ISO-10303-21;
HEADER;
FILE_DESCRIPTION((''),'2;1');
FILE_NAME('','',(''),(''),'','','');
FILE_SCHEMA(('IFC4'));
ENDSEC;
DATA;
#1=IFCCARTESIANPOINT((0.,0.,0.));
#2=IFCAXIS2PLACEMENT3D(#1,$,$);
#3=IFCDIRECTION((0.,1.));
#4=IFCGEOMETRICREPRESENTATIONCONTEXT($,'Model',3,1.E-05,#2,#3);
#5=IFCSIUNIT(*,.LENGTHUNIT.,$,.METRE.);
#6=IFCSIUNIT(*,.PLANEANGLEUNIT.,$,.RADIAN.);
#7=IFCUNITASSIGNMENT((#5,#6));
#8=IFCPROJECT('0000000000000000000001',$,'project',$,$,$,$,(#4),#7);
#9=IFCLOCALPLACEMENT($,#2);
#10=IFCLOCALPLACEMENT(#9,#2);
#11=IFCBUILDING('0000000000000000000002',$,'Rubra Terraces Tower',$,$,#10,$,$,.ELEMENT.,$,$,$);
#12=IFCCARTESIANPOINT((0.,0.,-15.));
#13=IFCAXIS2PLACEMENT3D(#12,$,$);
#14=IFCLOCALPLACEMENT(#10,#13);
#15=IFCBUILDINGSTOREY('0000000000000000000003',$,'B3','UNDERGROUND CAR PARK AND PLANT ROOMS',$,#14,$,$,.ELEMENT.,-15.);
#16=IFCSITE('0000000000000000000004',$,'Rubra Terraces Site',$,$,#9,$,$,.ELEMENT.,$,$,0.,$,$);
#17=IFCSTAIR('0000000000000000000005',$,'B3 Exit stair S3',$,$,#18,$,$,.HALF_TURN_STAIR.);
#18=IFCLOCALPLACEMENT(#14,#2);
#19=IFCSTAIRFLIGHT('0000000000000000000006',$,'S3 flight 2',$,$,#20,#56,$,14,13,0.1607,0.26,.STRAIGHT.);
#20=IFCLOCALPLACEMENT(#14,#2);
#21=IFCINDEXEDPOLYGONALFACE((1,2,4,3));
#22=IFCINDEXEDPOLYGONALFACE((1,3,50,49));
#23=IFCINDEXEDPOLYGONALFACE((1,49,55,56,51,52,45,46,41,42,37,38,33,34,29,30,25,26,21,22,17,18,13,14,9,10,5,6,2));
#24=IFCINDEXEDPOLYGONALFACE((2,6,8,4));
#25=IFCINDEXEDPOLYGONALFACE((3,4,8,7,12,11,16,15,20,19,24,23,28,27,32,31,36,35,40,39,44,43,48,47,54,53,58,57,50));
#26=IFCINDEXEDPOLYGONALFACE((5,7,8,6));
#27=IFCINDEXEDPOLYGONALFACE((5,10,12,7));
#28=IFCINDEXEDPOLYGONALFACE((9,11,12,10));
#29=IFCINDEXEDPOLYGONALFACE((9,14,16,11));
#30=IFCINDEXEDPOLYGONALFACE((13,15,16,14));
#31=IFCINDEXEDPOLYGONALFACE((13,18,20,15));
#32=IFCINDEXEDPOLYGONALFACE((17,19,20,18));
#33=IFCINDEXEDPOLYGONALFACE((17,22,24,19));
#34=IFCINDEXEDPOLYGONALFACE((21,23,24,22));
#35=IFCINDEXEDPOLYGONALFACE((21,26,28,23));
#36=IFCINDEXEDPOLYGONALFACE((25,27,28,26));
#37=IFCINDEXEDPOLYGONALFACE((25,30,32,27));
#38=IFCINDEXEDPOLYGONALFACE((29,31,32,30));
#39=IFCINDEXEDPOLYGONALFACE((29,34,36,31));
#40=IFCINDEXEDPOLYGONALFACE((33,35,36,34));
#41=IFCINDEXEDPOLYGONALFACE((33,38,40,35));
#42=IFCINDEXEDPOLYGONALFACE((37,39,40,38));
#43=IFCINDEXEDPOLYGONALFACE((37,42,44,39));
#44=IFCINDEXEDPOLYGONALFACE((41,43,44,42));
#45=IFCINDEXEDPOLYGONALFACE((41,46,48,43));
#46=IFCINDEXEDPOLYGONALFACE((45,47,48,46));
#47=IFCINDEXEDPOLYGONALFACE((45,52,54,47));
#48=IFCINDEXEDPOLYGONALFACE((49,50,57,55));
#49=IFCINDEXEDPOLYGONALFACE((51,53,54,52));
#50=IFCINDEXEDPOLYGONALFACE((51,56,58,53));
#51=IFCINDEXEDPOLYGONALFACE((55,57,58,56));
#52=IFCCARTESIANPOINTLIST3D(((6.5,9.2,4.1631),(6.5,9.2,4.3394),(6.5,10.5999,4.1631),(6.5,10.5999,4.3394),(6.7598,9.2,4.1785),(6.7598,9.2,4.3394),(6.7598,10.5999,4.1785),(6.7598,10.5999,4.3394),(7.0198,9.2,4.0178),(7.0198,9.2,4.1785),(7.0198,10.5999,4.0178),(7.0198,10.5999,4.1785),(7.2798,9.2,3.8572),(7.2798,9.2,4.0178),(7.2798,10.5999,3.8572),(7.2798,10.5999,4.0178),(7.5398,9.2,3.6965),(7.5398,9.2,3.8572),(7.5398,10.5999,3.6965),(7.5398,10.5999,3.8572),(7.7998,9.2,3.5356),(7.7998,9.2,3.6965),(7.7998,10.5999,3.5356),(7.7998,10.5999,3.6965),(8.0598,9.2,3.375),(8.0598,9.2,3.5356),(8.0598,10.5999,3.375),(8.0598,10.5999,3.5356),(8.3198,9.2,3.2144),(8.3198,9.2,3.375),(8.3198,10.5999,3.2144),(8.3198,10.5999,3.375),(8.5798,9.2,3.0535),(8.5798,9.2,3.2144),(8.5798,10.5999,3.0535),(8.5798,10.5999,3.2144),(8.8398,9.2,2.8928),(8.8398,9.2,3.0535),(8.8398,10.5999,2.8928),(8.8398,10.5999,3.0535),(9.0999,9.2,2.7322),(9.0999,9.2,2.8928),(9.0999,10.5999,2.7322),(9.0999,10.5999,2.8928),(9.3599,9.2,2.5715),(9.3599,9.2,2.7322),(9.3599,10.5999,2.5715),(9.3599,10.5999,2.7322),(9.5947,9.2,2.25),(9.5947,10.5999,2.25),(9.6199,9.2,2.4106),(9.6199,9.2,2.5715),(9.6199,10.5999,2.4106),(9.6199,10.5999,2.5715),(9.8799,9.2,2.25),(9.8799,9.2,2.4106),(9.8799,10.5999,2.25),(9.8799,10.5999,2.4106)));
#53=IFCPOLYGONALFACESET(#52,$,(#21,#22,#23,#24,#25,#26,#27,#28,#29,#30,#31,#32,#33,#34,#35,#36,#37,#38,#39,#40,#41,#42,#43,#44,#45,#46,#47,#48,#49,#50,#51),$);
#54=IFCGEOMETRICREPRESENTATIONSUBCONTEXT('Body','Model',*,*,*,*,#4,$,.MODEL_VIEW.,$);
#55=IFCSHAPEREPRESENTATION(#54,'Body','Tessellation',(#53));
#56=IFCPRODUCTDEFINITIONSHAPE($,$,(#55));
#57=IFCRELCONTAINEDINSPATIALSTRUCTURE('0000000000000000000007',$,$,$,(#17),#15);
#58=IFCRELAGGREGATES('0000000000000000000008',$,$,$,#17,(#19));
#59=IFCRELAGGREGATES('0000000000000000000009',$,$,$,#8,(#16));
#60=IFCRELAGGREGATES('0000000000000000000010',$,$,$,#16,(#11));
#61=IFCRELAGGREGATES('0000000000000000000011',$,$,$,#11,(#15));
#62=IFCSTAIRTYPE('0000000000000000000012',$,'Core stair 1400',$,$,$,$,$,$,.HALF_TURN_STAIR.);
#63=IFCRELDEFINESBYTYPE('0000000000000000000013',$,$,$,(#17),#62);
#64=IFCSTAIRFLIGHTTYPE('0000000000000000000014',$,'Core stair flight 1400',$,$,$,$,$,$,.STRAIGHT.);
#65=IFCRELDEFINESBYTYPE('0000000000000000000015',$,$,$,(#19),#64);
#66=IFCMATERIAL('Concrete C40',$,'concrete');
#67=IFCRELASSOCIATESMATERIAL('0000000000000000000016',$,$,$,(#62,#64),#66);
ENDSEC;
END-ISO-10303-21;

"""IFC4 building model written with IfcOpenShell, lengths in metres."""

from ifc_helpers import new_model, si_unit, direction, frame, origin, place, context, subcontext, project, spatial, polyline, outline, extrude, material, type_object, element, aggregate, save


model = new_model("IFC4")

# Units and contexts
model_context = context("Model", 3, precision=1e-05, world=origin(), true_north=direction((0.0, 1.0)))
body_context = subcontext(model_context, "Body", "Model", "MODEL_VIEW")
ifc_project = project(units=[si_unit("LENGTHUNIT", "METRE"), si_unit("PLANEANGLEUNIT", "RADIAN")], contexts=[model_context])

# Site, building, storey
site_placement = place(None, origin())
site = spatial("IfcSite", under=ifc_project, at=site_placement, Name="Rubra Terraces Site", CompositionType="ELEMENT", RefElevation=0.0)
building_placement = place(site_placement, origin())
building = spatial("IfcBuilding", under=site, at=building_placement, Name="Rubra Terraces Tower", CompositionType="ELEMENT")
storey_placement = place(building_placement, frame((0.0, 0.0, -15.0)))
storey = spatial("IfcBuildingStorey", under=building, at=storey_placement, Name="B3", Description="UNDERGROUND CAR PARK AND PLANT ROOMS", CompositionType="ELEMENT", Elevation=-15.0)

# Shared definitions
ifc_material_1 = material(Name="Concrete C40", Category="concrete")

# Stair, stair flight
stair_type = type_object("IfcStairType", Name="Core stair 1400", PredefinedType="HALF_TURN_STAIR", material=ifc_material_1)
stair_placement = place(storey_placement, origin())
stair = element("IfcStair", 1, at=stair_placement, inside=storey, type_object=stair_type, Name="B3 Exit stair S3", PredefinedType="HALF_TURN_STAIR")
stair_flight_type = type_object("IfcStairFlightType", Name="Core stair flight 1400", PredefinedType="STRAIGHT", material=ifc_material_1)
stair_flight_placement = place(storey_placement, frame((9.8799, 9.8999, 2.25), z_axis=(0.0, 0.0, 1.0), x_axis=(-1.0, 0.0, 0.0)))
stair_flight = element("IfcStairFlight", 2, at=stair_flight_placement, type_object=stair_flight_type, Name="S3 flight 2", NumberOfRisers=14, NumberOfTreads=13, PredefinedType="STRAIGHT", RiserHeight=0.1607, TreadLength=0.26, context=body_context, shape_type="SweptSolid", body=[
    extrude(outline(polyline([(0.0, 0.0), (0.0, 0.1606), (0.26, 0.1606), (0.26, 0.3215), (0.52, 0.3215), (0.52, 0.4822), (0.78, 0.4822), (0.78, 0.6428), (1.04, 0.6428), (1.04, 0.8035), (1.3, 0.8035), (1.3, 0.9644), (1.5601, 0.9644), (1.5601, 1.125), (1.8201, 1.125), (1.8201, 1.2856), (2.0801, 1.2856), (2.0801, 1.4465), (2.3401, 1.4465), (2.3401, 1.6072), (2.6001, 1.6072), (2.6001, 1.7678), (2.8601, 1.7678), (2.8601, 1.9285), (3.1201, 1.9285), (3.1201, 2.0894), (3.3799, 2.0894), (3.3799, 2.25), (3.3799, 1.9131), (0.2852, 0.0), (0.0, 0.0)])), frame((0.0, 0.7, 0.0), z_axis=(0.0, -1.0, 0.0), x_axis=(1.0, 0.0, 0.0)), (0.0, 0.0, 1.0), 1.3999),
])
aggregate(stair, [stair_flight])

save(model, "model.ifc")
